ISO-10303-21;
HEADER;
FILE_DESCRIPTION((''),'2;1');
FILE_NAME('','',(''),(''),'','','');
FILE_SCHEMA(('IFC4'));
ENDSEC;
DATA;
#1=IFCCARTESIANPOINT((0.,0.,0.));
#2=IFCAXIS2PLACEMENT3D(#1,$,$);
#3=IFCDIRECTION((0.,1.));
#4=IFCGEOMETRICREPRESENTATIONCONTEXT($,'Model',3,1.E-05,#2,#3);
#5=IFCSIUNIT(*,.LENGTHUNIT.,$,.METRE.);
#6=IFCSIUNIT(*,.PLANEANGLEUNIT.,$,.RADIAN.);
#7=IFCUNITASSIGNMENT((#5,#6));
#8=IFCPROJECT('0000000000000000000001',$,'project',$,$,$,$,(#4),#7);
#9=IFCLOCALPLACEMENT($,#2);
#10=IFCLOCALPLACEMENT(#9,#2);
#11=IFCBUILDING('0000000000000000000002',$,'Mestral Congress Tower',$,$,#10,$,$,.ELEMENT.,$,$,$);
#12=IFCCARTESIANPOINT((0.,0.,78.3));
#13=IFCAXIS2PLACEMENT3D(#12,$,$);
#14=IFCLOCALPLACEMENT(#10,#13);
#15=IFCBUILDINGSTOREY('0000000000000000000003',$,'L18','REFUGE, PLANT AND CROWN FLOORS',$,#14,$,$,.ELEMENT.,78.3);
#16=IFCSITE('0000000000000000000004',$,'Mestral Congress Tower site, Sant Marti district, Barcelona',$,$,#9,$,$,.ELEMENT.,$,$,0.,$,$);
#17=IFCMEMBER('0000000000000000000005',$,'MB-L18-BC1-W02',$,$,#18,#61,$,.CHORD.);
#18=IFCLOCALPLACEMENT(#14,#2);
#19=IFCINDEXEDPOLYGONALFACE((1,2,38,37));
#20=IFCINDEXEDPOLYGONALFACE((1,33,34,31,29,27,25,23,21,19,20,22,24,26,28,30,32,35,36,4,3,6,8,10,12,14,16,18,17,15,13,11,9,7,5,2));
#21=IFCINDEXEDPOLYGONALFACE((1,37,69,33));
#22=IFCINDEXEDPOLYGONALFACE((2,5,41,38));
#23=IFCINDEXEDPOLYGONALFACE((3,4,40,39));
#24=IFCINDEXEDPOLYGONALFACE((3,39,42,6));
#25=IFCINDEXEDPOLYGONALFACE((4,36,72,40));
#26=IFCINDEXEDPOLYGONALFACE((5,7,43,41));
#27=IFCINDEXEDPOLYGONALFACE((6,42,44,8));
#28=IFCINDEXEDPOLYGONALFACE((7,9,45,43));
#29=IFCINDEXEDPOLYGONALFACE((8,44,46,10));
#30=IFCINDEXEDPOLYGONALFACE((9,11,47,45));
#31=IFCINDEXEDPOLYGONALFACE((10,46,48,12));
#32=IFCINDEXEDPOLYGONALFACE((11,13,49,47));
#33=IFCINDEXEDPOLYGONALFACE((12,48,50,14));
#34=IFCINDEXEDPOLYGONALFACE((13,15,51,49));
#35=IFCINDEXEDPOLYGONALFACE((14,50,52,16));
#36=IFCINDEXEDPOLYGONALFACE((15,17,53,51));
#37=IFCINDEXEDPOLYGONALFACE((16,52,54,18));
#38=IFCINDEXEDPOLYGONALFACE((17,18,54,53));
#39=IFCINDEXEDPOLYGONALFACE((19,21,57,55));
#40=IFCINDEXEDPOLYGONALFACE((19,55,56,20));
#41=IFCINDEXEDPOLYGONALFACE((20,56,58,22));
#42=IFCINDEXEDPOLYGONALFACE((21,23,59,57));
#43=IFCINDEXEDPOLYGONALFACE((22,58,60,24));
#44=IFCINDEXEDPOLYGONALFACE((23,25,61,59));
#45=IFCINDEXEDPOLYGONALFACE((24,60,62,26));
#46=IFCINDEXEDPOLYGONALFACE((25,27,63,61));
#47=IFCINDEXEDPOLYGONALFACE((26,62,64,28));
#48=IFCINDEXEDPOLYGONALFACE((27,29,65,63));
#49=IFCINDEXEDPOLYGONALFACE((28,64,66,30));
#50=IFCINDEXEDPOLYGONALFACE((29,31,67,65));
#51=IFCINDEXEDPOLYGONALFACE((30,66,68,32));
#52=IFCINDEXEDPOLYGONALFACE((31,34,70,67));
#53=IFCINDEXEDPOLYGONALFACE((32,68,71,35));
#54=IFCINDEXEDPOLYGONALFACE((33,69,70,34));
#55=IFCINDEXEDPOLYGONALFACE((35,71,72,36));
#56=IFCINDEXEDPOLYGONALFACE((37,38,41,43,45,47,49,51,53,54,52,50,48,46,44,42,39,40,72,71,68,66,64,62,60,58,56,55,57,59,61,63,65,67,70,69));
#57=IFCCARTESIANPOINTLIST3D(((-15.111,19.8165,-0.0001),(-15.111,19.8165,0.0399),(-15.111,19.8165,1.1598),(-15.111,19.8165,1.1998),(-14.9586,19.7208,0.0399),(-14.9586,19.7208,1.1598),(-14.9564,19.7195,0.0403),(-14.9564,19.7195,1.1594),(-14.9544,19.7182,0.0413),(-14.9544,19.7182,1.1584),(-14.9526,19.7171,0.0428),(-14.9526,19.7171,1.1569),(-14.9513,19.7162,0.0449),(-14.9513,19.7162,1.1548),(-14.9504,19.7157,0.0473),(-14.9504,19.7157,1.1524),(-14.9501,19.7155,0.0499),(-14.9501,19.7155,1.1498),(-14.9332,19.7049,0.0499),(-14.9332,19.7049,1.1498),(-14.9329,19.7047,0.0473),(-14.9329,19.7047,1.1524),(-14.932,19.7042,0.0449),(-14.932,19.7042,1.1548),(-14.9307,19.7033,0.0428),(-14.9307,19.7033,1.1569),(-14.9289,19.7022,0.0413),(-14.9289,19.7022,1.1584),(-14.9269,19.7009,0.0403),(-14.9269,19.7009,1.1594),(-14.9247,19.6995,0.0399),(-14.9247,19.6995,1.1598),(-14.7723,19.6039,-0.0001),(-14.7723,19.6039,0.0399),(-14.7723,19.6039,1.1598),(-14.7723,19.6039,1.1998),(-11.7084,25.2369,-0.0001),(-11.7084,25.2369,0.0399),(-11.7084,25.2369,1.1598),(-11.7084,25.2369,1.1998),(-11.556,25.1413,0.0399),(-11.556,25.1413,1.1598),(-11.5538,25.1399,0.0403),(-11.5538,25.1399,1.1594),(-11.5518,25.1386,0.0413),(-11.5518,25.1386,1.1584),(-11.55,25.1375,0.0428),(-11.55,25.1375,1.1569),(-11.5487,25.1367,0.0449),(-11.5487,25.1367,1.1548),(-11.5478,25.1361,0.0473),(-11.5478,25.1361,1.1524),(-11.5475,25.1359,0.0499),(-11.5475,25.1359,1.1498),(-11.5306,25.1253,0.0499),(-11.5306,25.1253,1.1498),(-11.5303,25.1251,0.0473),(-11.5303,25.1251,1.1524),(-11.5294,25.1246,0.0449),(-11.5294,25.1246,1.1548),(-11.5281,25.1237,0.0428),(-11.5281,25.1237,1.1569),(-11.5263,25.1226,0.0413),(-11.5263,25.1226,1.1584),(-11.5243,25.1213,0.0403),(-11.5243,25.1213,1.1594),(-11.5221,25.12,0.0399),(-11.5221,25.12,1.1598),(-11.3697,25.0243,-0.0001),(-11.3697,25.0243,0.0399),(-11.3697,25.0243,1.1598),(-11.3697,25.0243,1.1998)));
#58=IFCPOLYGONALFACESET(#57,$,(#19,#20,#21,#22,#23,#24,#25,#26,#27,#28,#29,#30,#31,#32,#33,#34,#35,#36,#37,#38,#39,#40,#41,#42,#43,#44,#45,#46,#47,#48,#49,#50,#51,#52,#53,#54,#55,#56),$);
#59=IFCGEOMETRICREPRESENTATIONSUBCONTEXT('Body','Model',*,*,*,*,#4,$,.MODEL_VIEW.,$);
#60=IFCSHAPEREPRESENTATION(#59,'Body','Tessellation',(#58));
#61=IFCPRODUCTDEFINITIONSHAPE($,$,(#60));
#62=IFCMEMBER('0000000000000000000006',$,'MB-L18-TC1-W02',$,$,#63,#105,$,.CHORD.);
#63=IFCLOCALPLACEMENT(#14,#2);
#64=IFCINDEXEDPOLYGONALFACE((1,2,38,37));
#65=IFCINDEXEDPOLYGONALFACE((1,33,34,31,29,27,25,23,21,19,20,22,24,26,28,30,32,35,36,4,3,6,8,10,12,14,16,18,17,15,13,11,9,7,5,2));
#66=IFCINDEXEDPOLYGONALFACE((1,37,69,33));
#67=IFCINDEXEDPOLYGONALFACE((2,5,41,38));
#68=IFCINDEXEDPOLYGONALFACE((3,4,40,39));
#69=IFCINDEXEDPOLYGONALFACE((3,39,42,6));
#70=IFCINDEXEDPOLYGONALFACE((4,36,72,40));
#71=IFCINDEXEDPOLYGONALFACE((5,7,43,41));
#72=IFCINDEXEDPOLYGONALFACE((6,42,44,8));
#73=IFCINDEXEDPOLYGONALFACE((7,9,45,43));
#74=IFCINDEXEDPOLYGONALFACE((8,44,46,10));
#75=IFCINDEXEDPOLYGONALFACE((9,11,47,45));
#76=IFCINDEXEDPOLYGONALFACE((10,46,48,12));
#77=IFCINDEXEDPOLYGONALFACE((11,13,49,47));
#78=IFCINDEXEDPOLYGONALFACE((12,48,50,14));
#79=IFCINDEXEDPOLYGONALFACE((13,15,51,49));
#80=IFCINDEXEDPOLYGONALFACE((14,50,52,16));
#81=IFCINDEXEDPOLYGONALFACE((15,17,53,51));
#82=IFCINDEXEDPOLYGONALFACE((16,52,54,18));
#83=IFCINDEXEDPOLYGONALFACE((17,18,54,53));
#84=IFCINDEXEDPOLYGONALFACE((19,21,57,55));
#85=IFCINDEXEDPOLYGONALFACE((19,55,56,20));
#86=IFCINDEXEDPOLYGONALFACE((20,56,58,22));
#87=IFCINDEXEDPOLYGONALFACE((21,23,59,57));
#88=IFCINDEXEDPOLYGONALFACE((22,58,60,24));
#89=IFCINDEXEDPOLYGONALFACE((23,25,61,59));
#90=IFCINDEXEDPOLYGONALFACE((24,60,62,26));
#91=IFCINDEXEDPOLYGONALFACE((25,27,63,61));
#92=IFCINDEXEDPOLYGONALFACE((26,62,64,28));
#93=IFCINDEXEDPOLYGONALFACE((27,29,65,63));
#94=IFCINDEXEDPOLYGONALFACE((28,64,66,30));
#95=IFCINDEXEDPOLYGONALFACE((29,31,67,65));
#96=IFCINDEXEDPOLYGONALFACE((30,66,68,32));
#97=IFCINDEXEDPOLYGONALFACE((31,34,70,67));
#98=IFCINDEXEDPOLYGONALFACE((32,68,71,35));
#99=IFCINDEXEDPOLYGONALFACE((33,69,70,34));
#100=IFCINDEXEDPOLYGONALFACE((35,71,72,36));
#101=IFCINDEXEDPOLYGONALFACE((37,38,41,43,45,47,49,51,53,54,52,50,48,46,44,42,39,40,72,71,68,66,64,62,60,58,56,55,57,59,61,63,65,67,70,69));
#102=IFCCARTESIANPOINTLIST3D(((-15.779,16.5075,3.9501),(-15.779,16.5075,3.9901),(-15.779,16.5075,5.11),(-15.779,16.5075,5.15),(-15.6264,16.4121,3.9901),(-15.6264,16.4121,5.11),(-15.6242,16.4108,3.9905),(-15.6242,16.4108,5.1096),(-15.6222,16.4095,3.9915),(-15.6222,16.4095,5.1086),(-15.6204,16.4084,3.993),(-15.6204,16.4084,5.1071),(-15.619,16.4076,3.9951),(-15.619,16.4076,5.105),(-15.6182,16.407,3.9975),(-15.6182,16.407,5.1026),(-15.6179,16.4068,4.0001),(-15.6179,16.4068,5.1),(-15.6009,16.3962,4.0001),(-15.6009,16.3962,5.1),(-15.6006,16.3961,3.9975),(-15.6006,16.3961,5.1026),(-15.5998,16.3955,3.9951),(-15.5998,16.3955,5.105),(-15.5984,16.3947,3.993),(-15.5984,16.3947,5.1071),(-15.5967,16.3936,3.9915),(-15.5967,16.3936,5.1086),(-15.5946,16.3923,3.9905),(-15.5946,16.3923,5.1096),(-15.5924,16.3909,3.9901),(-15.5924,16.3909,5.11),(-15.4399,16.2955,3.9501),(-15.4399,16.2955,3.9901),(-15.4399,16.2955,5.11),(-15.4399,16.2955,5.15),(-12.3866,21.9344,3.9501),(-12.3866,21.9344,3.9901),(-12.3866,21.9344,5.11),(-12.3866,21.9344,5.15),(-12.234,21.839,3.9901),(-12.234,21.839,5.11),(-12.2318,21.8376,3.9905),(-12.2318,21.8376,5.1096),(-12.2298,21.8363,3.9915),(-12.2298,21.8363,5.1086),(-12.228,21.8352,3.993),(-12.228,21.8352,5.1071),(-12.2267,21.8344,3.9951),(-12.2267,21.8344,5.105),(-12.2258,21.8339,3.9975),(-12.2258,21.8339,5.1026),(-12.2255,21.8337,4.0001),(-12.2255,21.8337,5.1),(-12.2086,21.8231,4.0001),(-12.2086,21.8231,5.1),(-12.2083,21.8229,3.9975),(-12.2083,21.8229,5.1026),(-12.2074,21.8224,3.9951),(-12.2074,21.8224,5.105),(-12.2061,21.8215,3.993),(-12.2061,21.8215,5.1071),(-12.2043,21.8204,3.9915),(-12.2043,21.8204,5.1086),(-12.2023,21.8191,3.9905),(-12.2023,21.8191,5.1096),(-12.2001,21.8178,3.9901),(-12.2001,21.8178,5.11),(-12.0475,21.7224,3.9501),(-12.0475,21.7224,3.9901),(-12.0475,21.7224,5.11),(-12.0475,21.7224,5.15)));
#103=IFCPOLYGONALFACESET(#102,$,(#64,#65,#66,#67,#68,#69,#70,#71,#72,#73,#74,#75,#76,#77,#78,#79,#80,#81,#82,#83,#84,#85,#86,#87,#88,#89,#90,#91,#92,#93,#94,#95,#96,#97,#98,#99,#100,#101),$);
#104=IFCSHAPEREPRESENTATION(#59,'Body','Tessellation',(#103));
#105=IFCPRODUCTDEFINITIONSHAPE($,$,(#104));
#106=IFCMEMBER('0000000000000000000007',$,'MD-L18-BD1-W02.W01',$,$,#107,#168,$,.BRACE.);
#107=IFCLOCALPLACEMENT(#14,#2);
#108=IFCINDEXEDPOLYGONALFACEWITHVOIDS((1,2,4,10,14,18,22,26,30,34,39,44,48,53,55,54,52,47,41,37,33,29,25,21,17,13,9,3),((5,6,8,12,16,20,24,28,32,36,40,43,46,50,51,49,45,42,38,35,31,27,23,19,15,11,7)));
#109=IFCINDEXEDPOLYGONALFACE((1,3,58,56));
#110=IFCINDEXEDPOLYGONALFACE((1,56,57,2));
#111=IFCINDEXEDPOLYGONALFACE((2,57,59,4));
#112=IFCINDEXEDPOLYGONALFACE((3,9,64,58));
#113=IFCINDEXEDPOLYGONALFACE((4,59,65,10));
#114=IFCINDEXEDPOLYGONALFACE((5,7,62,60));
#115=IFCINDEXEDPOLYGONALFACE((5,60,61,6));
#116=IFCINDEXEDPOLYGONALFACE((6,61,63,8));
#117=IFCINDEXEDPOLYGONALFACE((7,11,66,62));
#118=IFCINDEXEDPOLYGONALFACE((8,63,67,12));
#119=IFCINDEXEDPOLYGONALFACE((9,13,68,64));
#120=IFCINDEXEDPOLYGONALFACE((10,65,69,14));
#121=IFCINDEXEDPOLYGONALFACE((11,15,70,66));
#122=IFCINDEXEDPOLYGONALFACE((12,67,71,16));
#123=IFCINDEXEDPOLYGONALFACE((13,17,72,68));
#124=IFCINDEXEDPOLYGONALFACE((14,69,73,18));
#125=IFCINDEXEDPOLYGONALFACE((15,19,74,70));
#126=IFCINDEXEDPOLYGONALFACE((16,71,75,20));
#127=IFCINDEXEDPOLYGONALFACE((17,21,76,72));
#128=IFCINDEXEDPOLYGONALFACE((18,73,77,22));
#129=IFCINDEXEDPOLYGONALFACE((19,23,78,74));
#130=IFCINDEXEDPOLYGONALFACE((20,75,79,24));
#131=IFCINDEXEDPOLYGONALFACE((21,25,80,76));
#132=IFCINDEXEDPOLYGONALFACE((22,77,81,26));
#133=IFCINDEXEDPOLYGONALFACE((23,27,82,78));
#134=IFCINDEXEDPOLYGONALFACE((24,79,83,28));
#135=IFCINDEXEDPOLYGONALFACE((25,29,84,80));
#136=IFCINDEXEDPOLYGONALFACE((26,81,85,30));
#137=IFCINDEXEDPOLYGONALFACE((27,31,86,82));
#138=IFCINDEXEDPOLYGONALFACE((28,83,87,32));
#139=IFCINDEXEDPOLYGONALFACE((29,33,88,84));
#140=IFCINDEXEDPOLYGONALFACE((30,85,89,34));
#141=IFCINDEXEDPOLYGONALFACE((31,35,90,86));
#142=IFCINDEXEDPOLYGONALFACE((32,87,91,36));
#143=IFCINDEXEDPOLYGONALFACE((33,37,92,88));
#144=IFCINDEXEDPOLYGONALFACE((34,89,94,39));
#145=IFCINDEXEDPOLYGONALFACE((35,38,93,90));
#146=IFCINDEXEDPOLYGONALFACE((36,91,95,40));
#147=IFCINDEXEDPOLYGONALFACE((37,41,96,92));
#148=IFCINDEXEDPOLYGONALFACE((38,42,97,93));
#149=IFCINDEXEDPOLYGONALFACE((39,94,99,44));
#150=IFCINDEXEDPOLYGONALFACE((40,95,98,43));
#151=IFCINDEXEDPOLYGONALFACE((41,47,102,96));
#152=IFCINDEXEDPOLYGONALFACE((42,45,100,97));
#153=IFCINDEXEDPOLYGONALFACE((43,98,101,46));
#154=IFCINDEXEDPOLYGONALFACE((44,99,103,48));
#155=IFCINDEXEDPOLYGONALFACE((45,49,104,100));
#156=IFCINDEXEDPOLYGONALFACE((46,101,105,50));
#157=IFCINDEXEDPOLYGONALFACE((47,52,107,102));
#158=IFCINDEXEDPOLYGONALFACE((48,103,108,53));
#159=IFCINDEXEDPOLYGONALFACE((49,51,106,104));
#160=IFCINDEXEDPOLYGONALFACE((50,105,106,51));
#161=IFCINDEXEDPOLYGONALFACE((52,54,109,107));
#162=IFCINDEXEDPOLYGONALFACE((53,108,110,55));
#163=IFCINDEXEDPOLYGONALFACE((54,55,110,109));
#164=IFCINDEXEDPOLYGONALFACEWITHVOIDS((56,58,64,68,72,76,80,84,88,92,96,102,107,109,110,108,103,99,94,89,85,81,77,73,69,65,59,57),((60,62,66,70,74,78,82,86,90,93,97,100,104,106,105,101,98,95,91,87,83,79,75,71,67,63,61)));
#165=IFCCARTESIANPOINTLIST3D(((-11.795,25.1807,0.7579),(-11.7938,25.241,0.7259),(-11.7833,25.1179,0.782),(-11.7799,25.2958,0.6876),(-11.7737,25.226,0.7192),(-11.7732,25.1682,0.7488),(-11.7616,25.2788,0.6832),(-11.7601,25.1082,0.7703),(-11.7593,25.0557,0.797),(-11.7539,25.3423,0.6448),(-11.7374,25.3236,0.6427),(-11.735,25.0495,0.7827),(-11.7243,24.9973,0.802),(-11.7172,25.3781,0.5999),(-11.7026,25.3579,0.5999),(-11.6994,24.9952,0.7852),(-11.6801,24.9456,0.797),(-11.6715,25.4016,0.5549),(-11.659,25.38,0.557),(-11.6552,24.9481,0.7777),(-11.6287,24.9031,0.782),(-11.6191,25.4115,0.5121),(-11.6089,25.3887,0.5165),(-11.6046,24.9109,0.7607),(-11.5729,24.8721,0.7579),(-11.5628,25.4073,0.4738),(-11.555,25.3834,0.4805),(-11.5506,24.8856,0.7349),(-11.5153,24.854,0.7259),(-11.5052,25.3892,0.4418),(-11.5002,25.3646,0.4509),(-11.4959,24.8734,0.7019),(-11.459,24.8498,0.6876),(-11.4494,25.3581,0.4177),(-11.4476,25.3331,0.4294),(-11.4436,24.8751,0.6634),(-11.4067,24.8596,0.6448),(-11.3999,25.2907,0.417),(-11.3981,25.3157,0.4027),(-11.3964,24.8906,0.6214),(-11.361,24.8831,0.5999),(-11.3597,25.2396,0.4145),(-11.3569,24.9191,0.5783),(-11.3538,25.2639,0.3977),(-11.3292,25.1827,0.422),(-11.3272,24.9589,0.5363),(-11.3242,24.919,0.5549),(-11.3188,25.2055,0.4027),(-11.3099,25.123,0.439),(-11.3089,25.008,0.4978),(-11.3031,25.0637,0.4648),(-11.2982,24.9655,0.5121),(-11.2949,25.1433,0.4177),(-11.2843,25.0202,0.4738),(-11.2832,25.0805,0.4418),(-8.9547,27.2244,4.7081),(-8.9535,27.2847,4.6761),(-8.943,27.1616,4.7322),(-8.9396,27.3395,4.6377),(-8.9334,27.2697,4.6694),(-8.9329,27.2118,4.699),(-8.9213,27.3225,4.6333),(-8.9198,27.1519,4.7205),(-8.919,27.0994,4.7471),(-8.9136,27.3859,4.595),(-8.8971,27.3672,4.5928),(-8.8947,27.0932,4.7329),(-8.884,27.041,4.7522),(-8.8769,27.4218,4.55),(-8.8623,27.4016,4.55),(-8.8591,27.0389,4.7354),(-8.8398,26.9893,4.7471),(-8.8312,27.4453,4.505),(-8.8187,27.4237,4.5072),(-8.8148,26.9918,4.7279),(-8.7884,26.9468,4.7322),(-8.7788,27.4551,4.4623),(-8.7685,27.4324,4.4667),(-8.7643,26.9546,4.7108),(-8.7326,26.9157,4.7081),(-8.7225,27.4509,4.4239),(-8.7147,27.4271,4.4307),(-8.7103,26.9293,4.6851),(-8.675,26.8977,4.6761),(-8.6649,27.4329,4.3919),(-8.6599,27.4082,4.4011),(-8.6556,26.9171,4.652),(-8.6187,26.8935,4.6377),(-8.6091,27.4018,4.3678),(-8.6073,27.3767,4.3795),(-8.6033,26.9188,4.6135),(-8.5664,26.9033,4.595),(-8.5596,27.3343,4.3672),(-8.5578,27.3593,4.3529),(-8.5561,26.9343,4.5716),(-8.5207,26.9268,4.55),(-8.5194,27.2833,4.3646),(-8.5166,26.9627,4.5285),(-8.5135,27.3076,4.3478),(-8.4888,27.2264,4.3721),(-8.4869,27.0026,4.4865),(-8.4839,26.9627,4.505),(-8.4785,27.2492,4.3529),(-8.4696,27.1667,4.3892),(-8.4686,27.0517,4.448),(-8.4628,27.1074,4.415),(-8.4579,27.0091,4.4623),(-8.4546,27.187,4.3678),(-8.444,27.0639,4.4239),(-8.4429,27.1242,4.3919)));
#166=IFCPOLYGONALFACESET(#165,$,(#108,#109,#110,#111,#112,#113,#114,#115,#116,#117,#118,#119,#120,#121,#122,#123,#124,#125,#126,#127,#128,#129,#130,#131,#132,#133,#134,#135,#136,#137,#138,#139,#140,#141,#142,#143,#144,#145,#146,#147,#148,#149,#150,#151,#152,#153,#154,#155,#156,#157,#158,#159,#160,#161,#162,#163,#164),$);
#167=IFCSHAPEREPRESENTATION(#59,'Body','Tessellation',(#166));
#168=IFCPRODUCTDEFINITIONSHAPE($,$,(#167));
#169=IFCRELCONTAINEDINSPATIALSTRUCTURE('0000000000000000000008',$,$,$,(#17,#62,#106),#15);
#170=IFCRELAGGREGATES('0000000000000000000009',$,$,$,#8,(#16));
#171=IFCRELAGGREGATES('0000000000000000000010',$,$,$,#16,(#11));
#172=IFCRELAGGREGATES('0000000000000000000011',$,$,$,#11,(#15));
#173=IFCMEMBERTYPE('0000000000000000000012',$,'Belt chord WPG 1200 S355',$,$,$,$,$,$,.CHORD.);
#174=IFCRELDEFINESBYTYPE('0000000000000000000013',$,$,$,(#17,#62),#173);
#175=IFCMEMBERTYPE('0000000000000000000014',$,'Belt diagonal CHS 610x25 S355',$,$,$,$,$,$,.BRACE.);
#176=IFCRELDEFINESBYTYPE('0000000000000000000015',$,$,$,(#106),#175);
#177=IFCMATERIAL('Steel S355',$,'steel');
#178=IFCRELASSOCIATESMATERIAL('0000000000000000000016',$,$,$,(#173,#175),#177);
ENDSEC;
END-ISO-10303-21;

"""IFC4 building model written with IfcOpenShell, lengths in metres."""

from ifc_helpers import new_model, si_unit, direction, frame, origin, origin_2d, place, context, subcontext, project, spatial, hollow_circle, i_section, extrude, material, material_profile, profile_set, type_object, element, save


model = new_model("IFC4")

# Units and contexts
model_context = context("Model", 3, precision=1e-05, world=origin(), true_north=direction((0.0, 1.0)))
body_context = subcontext(model_context, "Body", "Model", "MODEL_VIEW")
ifc_project = project(units=[si_unit("LENGTHUNIT", "METRE"), si_unit("PLANEANGLEUNIT", "RADIAN")], contexts=[model_context])

# Site, building, storey
site_placement = place(None, origin())
site = spatial("IfcSite", under=ifc_project, at=site_placement, Name="Mestral Congress Tower site, Sant Marti district, Barcelona", CompositionType="ELEMENT", RefElevation=0.0)
building_placement = place(site_placement, origin())
building = spatial("IfcBuilding", under=site, at=building_placement, Name="Mestral Congress Tower", CompositionType="ELEMENT")
storey_placement = place(building_placement, frame((0.0, 0.0, 78.3)))
storey = spatial("IfcBuildingStorey", under=building, at=storey_placement, Name="L18", Description="REFUGE, PLANT AND CROWN FLOORS", CompositionType="ELEMENT", Elevation=78.3)

# Members
ifc_material_1 = material(Name="Steel S355", Category="steel")
ifc_material_profile_1 = material_profile(ifc_material_1, i_section(OverallWidth=0.3999, OverallDepth=1.2, WebThickness=0.02, FlangeThickness=0.04, FilletRadius=0.01, at=origin_2d()), Name="WPG 1200")
ifc_profile_set_1 = profile_set([ifc_material_profile_1], Name="Steel S355")
member_type_1 = type_object("IfcMemberType", Name="Belt chord WPG 1200 S355", PredefinedType="CHORD", material=ifc_profile_set_1)
for number, where, z_axis, x_axis, name in (
    (1, (-11.5391, 25.1306, 0.5999), (-0.531664, -0.846955, 0.0), (0.846955, -0.531664, 0.0), "MB-L18-BC1-W02"),
    (2, (-12.217, 21.8284, 4.55), (-0.530068, -0.847955, 0.0), (0.847955, -0.530068, 0.0), "MB-L18-TC1-W02"),
):
    element("IfcMember", number, at=place(storey_placement, frame(where, z_axis=z_axis, x_axis=x_axis)), inside=storey, type_object=member_type_1, Name=name, PredefinedType="CHORD", context=body_context, shape_type="SweptSolid", body=[
        extrude(i_section(OverallWidth=0.3999, OverallDepth=1.2, WebThickness=0.02, FlangeThickness=0.04, FilletRadius=0.01, at=origin_2d()), origin(), (0.0, 0.0, 1.0), 6.3999),
    ])
ifc_material_profile_2 = material_profile(ifc_material_1, hollow_circle(Radius=0.3049, WallThickness=0.0249, at=origin_2d()), Name="CHS 610x25")
ifc_profile_set_2 = profile_set([ifc_material_profile_2], Name="Steel S355")
member_type_2 = type_object("IfcMemberType", Name="Belt diagonal CHS 610x25 S355", PredefinedType="BRACE", material=ifc_profile_set_2)
member_1_placement = place(storey_placement, frame((-11.5391, 25.1306, 0.5999), z_axis=(0.538233, 0.387274, 0.748548), x_axis=(-0.584053, 0.811716, 0.0)))
element("IfcMember", 3, at=member_1_placement, inside=storey, type_object=member_type_2, Name="MD-L18-BD1-W02.W01", PredefinedType="BRACE", context=body_context, shape_type="SweptSolid", body=[
    extrude(hollow_circle(Radius=0.3049, WallThickness=0.0249, at=origin_2d()), origin(), (0.0, 0.0, 1.0), 5.2771),
])

save(model, "model.ifc")
